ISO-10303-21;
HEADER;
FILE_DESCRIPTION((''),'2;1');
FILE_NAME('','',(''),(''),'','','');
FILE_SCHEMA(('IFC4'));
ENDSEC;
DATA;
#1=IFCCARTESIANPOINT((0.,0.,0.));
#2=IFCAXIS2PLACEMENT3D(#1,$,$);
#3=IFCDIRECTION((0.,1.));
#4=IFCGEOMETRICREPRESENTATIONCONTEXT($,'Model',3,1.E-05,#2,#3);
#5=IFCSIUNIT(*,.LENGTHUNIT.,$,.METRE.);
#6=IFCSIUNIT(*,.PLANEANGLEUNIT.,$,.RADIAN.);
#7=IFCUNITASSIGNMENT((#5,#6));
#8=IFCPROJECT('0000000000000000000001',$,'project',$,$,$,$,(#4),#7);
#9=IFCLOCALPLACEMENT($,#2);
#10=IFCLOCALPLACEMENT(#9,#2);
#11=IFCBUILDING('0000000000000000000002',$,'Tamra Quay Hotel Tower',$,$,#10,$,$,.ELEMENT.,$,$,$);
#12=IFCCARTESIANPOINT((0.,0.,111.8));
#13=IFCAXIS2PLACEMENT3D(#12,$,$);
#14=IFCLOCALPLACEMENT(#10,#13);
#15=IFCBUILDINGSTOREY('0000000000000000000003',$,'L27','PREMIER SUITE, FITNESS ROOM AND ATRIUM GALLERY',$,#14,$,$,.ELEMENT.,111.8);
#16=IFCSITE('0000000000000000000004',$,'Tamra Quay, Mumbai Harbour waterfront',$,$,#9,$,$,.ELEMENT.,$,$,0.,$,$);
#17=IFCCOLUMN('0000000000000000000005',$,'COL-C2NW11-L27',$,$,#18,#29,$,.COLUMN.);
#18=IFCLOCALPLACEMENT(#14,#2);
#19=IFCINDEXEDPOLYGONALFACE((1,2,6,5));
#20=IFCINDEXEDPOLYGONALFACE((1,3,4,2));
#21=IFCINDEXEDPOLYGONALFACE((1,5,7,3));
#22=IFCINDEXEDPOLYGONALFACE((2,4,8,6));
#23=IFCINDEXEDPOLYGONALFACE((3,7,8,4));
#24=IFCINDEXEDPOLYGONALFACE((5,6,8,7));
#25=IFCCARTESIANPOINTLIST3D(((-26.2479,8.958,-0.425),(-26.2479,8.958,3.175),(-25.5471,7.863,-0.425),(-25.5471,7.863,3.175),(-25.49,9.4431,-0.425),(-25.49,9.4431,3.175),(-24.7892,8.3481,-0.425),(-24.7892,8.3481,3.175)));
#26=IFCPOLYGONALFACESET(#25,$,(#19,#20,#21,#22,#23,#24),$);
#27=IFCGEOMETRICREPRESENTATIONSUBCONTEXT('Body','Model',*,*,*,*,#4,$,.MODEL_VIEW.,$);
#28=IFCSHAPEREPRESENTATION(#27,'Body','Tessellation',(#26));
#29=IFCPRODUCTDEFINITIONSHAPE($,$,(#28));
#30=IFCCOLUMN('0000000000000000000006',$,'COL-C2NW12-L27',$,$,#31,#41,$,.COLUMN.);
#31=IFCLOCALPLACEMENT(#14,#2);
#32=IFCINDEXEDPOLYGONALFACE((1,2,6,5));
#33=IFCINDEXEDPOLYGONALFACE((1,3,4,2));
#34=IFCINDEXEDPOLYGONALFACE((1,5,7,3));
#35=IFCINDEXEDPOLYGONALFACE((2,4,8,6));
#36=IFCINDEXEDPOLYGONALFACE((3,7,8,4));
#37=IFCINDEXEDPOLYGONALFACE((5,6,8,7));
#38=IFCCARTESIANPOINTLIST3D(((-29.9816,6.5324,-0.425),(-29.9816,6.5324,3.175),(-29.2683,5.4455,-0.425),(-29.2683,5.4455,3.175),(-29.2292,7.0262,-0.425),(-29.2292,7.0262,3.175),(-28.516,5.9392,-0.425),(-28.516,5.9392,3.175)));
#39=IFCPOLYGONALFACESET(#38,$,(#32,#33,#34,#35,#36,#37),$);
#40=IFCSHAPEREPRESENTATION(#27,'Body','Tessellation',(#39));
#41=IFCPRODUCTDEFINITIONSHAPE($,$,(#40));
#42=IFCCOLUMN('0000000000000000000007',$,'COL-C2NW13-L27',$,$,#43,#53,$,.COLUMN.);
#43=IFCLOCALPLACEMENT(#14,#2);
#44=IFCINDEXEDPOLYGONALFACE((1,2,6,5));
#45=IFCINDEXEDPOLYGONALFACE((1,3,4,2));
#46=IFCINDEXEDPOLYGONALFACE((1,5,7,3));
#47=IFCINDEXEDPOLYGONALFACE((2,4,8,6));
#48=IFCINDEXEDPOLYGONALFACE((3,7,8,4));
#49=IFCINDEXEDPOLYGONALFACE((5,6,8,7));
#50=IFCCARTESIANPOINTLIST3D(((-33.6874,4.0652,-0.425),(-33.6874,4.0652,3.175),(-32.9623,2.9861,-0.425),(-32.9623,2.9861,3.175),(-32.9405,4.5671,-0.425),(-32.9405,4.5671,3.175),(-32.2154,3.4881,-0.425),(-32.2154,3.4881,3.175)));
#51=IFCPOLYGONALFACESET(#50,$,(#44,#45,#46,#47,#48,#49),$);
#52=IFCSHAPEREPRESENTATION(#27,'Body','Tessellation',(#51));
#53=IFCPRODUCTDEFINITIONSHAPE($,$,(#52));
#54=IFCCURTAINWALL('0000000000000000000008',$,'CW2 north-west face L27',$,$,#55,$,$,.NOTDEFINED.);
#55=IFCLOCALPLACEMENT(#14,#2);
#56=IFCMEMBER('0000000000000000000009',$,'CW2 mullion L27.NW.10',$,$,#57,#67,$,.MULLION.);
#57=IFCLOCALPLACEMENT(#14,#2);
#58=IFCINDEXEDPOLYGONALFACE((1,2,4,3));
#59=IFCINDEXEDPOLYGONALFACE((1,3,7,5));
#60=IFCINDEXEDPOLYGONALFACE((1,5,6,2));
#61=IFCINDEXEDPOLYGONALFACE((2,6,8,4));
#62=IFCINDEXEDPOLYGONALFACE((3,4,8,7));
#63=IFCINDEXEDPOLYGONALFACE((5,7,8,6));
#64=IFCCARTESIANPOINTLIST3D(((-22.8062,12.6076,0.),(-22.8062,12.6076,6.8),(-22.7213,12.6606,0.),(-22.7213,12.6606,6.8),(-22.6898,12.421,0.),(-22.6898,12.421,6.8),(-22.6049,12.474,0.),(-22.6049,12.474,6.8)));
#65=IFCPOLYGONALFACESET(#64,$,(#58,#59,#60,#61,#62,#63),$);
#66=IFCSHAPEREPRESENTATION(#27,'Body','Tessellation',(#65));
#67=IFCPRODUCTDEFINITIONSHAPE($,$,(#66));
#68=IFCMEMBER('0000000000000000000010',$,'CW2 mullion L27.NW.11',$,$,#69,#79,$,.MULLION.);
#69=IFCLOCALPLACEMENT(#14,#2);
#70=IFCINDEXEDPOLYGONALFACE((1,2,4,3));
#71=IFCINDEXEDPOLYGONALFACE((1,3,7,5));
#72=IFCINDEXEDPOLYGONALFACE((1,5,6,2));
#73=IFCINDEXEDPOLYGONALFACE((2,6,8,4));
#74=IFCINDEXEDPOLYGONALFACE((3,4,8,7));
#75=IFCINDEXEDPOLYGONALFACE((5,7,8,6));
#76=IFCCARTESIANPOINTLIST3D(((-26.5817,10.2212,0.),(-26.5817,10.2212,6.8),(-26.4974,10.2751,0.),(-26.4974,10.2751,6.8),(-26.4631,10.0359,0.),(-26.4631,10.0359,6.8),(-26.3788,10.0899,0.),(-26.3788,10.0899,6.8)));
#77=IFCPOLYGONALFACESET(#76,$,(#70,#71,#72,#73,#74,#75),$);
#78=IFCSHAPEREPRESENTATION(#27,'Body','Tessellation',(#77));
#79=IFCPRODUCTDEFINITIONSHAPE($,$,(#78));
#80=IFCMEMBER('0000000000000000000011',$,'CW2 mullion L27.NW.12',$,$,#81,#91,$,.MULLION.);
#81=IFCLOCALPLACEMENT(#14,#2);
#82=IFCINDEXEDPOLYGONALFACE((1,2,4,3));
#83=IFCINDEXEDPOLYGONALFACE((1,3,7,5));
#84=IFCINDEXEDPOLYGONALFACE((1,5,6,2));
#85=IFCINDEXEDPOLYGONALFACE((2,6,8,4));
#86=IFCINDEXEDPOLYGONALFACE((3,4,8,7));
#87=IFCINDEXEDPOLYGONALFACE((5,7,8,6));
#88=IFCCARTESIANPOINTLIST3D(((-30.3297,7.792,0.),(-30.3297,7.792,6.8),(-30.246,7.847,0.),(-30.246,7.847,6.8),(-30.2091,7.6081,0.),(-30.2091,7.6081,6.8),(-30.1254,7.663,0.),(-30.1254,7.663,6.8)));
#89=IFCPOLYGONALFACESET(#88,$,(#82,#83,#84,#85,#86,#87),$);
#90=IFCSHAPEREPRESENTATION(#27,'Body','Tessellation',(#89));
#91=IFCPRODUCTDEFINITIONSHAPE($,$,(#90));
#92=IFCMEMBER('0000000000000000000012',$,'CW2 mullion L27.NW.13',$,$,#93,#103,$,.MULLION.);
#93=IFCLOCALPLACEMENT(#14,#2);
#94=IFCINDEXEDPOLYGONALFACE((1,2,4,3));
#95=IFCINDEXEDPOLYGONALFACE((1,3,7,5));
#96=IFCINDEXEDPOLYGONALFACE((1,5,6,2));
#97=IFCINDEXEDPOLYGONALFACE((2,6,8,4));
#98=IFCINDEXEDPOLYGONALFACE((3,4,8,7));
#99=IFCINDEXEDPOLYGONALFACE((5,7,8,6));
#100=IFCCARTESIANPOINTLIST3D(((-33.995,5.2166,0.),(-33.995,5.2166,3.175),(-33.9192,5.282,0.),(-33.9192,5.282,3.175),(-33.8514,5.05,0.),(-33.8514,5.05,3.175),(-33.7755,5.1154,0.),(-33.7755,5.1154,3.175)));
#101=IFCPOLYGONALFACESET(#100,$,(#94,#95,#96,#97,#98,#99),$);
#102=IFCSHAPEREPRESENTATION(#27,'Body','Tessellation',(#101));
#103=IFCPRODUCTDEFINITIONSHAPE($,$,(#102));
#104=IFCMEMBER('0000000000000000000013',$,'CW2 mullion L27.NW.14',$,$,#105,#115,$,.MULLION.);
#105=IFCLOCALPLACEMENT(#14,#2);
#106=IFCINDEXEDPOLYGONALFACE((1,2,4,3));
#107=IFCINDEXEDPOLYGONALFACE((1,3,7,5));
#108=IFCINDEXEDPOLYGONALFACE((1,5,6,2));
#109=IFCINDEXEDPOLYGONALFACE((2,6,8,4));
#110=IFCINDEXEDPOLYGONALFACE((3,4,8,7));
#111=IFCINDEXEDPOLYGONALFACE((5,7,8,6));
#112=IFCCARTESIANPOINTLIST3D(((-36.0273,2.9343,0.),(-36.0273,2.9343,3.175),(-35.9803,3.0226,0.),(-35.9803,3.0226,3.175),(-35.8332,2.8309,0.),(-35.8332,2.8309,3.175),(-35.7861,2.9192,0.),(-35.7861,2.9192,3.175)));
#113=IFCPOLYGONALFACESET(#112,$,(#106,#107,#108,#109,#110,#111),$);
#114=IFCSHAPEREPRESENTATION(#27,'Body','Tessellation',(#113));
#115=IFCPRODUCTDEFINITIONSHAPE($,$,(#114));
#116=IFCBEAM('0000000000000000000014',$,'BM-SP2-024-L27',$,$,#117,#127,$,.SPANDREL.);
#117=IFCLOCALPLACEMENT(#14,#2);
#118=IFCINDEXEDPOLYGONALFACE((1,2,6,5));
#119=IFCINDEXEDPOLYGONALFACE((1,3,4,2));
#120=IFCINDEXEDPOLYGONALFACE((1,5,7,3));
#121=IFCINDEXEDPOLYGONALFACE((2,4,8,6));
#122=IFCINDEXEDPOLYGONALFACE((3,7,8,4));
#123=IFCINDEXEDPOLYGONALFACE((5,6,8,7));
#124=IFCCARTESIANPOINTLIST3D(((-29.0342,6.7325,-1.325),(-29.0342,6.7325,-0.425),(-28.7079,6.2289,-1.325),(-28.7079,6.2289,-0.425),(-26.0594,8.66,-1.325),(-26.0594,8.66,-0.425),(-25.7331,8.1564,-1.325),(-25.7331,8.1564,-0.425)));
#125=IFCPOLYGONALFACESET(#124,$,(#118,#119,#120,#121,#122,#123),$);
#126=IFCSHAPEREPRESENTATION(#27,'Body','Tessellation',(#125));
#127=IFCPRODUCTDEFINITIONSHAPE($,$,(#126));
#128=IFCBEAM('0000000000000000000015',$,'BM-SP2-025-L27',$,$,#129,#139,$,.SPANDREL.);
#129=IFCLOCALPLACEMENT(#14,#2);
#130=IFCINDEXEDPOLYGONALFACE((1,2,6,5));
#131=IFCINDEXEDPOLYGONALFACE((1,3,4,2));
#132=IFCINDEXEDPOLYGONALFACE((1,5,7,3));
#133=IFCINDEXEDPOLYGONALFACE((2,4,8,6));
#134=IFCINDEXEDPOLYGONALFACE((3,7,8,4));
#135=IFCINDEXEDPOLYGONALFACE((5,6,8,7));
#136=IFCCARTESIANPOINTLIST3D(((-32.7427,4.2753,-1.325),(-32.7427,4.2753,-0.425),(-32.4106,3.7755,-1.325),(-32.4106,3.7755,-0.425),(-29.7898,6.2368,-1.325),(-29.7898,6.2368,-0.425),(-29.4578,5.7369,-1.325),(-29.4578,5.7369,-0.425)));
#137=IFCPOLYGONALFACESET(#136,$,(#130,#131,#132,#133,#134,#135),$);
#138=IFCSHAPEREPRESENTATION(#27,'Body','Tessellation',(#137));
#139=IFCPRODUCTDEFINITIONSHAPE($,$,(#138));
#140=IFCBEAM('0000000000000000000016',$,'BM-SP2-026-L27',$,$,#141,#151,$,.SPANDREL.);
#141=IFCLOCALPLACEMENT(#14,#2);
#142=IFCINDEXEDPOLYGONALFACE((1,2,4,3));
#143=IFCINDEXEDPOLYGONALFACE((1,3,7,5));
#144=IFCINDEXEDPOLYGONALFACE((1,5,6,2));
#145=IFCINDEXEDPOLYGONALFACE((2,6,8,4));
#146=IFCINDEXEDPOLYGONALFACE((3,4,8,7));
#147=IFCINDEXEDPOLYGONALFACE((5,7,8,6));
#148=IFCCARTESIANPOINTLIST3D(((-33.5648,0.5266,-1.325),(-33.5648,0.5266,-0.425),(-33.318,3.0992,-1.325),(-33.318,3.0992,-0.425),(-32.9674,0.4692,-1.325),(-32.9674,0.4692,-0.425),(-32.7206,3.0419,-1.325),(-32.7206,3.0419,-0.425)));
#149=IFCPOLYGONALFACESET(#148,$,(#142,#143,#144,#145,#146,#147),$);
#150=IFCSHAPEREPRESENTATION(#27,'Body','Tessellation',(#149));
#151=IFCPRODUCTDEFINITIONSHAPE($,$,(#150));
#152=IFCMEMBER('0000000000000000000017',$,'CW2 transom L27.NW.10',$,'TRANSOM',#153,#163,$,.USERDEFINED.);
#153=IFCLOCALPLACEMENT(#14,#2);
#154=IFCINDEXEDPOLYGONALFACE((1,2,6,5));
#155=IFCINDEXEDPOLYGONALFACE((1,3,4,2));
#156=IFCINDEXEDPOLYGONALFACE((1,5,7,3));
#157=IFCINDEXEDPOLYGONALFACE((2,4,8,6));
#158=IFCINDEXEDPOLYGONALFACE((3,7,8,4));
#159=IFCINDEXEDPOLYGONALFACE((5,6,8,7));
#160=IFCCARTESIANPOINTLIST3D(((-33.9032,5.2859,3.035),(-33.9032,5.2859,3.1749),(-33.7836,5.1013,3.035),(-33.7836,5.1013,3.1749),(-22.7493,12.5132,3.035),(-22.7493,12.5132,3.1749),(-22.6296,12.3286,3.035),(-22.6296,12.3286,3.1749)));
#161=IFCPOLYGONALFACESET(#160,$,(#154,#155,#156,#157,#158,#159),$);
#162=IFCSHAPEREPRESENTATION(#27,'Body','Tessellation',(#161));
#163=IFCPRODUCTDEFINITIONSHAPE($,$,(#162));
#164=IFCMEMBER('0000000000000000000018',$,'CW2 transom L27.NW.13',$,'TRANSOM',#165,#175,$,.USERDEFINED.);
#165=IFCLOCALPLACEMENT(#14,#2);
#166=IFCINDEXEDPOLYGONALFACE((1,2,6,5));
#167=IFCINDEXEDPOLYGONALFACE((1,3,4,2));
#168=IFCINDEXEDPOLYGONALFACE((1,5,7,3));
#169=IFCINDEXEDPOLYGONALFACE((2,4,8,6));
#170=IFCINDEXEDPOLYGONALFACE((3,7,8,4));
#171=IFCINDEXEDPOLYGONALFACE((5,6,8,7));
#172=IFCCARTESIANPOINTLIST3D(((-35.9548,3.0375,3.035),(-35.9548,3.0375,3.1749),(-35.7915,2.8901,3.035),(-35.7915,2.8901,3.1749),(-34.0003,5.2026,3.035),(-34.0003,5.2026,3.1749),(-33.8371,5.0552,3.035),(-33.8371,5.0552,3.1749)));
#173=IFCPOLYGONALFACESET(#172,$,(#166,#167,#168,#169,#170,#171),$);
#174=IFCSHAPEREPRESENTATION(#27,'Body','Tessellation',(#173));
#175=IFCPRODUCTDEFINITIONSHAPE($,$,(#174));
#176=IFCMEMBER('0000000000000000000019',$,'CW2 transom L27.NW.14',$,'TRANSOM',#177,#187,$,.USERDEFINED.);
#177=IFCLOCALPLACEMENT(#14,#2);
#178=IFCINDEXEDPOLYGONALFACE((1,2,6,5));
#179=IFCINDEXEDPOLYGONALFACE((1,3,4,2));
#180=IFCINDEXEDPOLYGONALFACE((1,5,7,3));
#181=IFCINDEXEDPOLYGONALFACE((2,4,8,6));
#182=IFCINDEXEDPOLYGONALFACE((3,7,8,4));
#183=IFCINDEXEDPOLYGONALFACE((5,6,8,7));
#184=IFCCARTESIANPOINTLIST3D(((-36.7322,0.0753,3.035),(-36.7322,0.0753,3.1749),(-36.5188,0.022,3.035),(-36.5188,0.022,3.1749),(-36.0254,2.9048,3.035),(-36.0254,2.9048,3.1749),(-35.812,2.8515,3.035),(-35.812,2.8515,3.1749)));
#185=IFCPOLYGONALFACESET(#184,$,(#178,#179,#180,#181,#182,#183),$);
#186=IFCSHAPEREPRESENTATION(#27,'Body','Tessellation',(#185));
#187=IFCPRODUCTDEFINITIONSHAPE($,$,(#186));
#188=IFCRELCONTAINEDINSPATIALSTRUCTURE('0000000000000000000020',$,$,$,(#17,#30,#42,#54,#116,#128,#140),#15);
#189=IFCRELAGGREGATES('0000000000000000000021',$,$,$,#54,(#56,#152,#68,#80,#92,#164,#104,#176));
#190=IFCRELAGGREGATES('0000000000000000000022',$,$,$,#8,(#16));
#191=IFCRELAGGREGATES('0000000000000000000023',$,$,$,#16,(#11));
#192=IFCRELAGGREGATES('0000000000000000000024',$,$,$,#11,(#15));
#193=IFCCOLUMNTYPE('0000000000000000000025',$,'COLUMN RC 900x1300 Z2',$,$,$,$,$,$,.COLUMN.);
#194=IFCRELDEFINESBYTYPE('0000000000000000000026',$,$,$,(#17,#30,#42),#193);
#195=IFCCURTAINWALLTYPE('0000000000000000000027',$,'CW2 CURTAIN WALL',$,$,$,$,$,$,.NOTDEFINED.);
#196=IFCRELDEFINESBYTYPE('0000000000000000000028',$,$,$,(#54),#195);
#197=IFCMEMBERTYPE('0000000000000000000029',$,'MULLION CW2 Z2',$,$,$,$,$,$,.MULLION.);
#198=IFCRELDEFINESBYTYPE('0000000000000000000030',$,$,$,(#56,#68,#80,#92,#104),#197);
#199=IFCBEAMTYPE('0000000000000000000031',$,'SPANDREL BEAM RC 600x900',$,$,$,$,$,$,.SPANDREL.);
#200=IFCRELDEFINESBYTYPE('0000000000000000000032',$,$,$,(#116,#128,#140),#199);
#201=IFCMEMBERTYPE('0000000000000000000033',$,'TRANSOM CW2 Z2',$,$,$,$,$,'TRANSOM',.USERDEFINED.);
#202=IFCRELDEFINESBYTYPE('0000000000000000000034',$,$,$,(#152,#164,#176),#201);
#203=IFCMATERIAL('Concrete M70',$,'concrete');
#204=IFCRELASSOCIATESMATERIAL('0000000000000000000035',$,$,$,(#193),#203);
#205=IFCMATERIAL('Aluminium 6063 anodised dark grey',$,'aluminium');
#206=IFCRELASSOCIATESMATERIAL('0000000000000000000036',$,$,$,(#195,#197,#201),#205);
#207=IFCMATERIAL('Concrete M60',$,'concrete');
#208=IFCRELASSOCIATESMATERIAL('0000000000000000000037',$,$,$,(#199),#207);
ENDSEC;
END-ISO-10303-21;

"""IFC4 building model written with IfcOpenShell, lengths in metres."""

from ifc_helpers import new_model, si_unit, direction, frame, origin, origin_2d, place, context, subcontext, project, spatial, rectangle, extrude, material, material_profile, profile_set, type_object, element, aggregate, save


model = new_model("IFC4")

# Units and contexts
model_context = context("Model", 3, precision=1e-05, world=origin(), true_north=direction((0.0, 1.0)))
body_context = subcontext(model_context, "Body", "Model", "MODEL_VIEW")
ifc_project = project(units=[si_unit("LENGTHUNIT", "METRE"), si_unit("PLANEANGLEUNIT", "RADIAN")], contexts=[model_context])

# Site, building, storey
site_placement = place(None, origin())
site = spatial("IfcSite", under=ifc_project, at=site_placement, Name="Tamra Quay, Mumbai Harbour waterfront", CompositionType="ELEMENT", RefElevation=0.0)
building_placement = place(site_placement, origin())
building = spatial("IfcBuilding", under=site, at=building_placement, Name="Tamra Quay Hotel Tower", CompositionType="ELEMENT")
storey_placement = place(building_placement, frame((0.0, 0.0, 111.8)))
storey = spatial("IfcBuildingStorey", under=building, at=storey_placement, Name="L27", Description="PREMIER SUITE, FITNESS ROOM AND ATRIUM GALLERY", CompositionType="ELEMENT", Elevation=111.8)

# Columns
ifc_material_1 = material(Name="Concrete M70", Category="concrete")
ifc_material_profile_1 = material_profile(ifc_material_1, rectangle(XDim=1.3, YDim=0.8999, at=origin_2d()), Name="COLUMN RC 900x1300 Z2")
ifc_profile_set_1 = profile_set([ifc_material_profile_1], Name="Concrete M70")
column_type = type_object("IfcColumnType", Name="COLUMN RC 900x1300 Z2", PredefinedType="COLUMN", material=ifc_profile_set_1)
for number, where, z_axis, x_axis, name in (
    (1, (-25.5186, 8.6531, -0.425), (0.0, 0.0, 1.0), (-0.539065, 0.842264, 0.0), "COL-C2NW11-L27"),
    (2, (-29.2488, 6.2358, -0.425), (0.0, 0.0, 1.0), (-0.548641, 0.836058, 0.0), "COL-C2NW12-L27"),
    (3, (-32.9514, 3.7766, -0.425), (0.0, 0.0, 1.0), (-0.557767, 0.829998, 0.0), "COL-C2NW13-L27"),
):
    element("IfcColumn", number, at=place(storey_placement, frame(where, z_axis=z_axis, x_axis=x_axis)), inside=storey, type_object=column_type, Name=name, PredefinedType="COLUMN", context=body_context, shape_type="SweptSolid", body=[
        extrude(rectangle(XDim=1.3, YDim=0.8999, at=origin_2d()), origin(), (0.0, 0.0, 1.0), 3.6001),
    ])

# Curtain wall, members
ifc_material_2 = material(Name="Aluminium 6063 anodised dark grey", Category="aluminium")
curtain_wall_type = type_object("IfcCurtainWallType", Name="CW2 CURTAIN WALL", PredefinedType="NOTDEFINED", material=ifc_material_2)
curtain_wall_placement = place(storey_placement, origin())
curtain_wall = element("IfcCurtainWall", 4, at=curtain_wall_placement, inside=storey, type_object=curtain_wall_type, Name="CW2 north-west face L27", PredefinedType="NOTDEFINED")
ifc_material_profile_2 = material_profile(ifc_material_2, rectangle(XDim=0.22, YDim=0.1001, at=origin_2d()), Name="MULLION 100X220")
ifc_profile_set_2 = profile_set([ifc_material_profile_2], Name="Aluminium 6063 anodised dark grey")
member_type_1 = type_object("IfcMemberType", Name="MULLION CW2 Z2", PredefinedType="MULLION", material=ifc_profile_set_2)
member_1_placement = place(storey_placement, frame((-22.7056, 12.5408, 0.0), z_axis=(0.0, 0.0, 1.0), x_axis=(-0.529364, 0.848395, 0.0)))
member_1 = element("IfcMember", 5, at=member_1_placement, type_object=member_type_1, Name="CW2 mullion L27.NW.10", PredefinedType="MULLION", context=body_context, shape_type="SweptSolid", body=[
    extrude(rectangle(XDim=0.22, YDim=0.1001, at=origin_2d()), origin(), (0.0, 0.0, 1.0), 6.8),
])
member_2_placement = place(storey_placement, frame((-26.4802, 10.1555, 0.0), z_axis=(0.0, 0.0, 1.0), x_axis=(-0.538998, 0.842307, 0.0)))
member_2 = element("IfcMember", 6, at=member_2_placement, type_object=member_type_1, Name="CW2 mullion L27.NW.11", PredefinedType="MULLION", context=body_context, shape_type="SweptSolid", body=[
    extrude(rectangle(XDim=0.22, YDim=0.1001, at=origin_2d()), origin(), (0.0, 0.0, 1.0), 6.8),
])
member_3_placement = place(storey_placement, frame((-30.2275, 7.7275, 0.0), z_axis=(0.0, 0.0, 1.0), x_axis=(-0.548547, 0.836119, 0.0)))
member_3 = element("IfcMember", 7, at=member_3_placement, type_object=member_type_1, Name="CW2 mullion L27.NW.12", PredefinedType="MULLION", context=body_context, shape_type="SweptSolid", body=[
    extrude(rectangle(XDim=0.22, YDim=0.1001, at=origin_2d()), origin(), (0.0, 0.0, 1.0), 6.8),
])
member_4_placement = place(storey_placement, frame((-33.8853, 5.166, 0.0), z_axis=(0.0, 0.0, 1.0), x_axis=(-0.652887, 0.757455, 0.0)))
member_4 = element("IfcMember", 8, at=member_4_placement, type_object=member_type_1, Name="CW2 mullion L27.NW.13", PredefinedType="MULLION", context=body_context, shape_type="SweptSolid", body=[
    extrude(rectangle(XDim=0.22, YDim=0.1001, at=origin_2d()), origin(), (0.0, 0.0, 1.0), 3.175),
])
member_5_placement = place(storey_placement, frame((-35.9067, 2.9268, 0.0), z_axis=(0.0, 0.0, 1.0), x_axis=(-0.882544, 0.47023, 0.0)))
member_5 = element("IfcMember", 9, at=member_5_placement, type_object=member_type_1, Name="CW2 mullion L27.NW.14", PredefinedType="MULLION", context=body_context, shape_type="SweptSolid", body=[
    extrude(rectangle(XDim=0.22, YDim=0.1001, at=origin_2d()), origin(), (0.0, 0.0, 1.0), 3.175),
])

# Beams
ifc_material_3 = material(Name="Concrete M60", Category="concrete")
ifc_material_profile_3 = material_profile(ifc_material_3, rectangle(XDim=0.6001, YDim=0.8999, at=origin_2d()), Name="SPANDREL BEAM RC 600x900")
ifc_profile_set_3 = profile_set([ifc_material_profile_3], Name="Concrete M60")
beam_type = type_object("IfcBeamType", Name="SPANDREL BEAM RC 600x900", PredefinedType="SPANDREL", material=ifc_profile_set_3)
beam_1_placement = place(storey_placement, frame((-25.8962, 8.4082, -0.875), z_axis=(-0.839237, -0.543765, 0.0), x_axis=(0.543765, -0.839237, 0.0)))
element("IfcBeam", 10, at=beam_1_placement, inside=storey, type_object=beam_type, Name="BM-SP2-024-L27", PredefinedType="SPANDREL", context=body_context, shape_type="SweptSolid", body=[
    extrude(rectangle(XDim=0.6001, YDim=0.8999, at=origin_2d()), origin(), (0.0, 0.0, 1.0), 3.5447),
])
beam_2_placement = place(storey_placement, frame((-29.6238, 5.9868, -0.875), z_axis=(-0.832982, -0.553301, 0.0), x_axis=(0.553301, -0.832982, 0.0)))
element("IfcBeam", 11, at=beam_2_placement, inside=storey, type_object=beam_type, Name="BM-SP2-025-L27", PredefinedType="SPANDREL", context=body_context, shape_type="SweptSolid", body=[
    extrude(rectangle(XDim=0.6001, YDim=0.8999, at=origin_2d()), origin(), (0.0, 0.0, 1.0), 3.5449),
])
beam_3_placement = place(storey_placement, frame((-33.0193, 3.0706, -0.875), z_axis=(-0.0955, -0.995429, 0.0), x_axis=(0.995429, -0.0955, 0.0)))
element("IfcBeam", 12, at=beam_3_placement, inside=storey, type_object=beam_type, Name="BM-SP2-026-L27", PredefinedType="SPANDREL", context=body_context, shape_type="SweptSolid", body=[
    extrude(rectangle(XDim=0.6001, YDim=0.8999, at=origin_2d()), origin(), (0.0, 0.0, 1.0), 2.5845),
])

# Members
ifc_material_profile_4 = material_profile(ifc_material_2, rectangle(XDim=0.22, YDim=0.1399, at=origin_2d()), Name="TRANSOM 220X140")
ifc_profile_set_4 = profile_set([ifc_material_profile_4], Name="Aluminium 6063 anodised dark grey")
member_type_2 = type_object("IfcMemberType", Name="TRANSOM CW2 Z2", ElementType="TRANSOM", PredefinedType="USERDEFINED", material=ifc_profile_set_4)
member_6_placement = place(storey_placement, frame((-22.6895, 12.4209, 3.105), z_axis=(-0.839228, -0.54378, 0.0), x_axis=(0.54378, -0.839228, 0.0)))
member_6 = element("IfcMember", 13, at=member_6_placement, type_object=member_type_2, Name="CW2 transom L27.NW.10", ObjectType="TRANSOM", PredefinedType="USERDEFINED", context=body_context, shape_type="SweptSolid", body=[
    extrude(rectangle(XDim=0.22, YDim=0.1399, at=origin_2d()), origin(), (0.0, 0.0, 1.0), 13.2908),
])
member_7_placement = place(storey_placement, frame((-33.9187, 5.1289, 3.105), z_axis=(-0.670065, -0.742303, 0.0), x_axis=(0.742303, -0.670065, 0.0)))
member_7 = element("IfcMember", 14, at=member_7_placement, type_object=member_type_2, Name="CW2 transom L27.NW.13", ObjectType="TRANSOM", PredefinedType="USERDEFINED", context=body_context, shape_type="SweptSolid", body=[
    extrude(rectangle(XDim=0.22, YDim=0.1399, at=origin_2d()), origin(), (0.0, 0.0, 1.0), 2.9167),
])
member_8_placement = place(storey_placement, frame((-35.9187, 2.8782, 3.105), z_axis=(-0.242339, -0.970192, 0.0), x_axis=(0.970192, -0.242339, 0.0)))
member_8 = element("IfcMember", 15, at=member_8_placement, type_object=member_type_2, Name="CW2 transom L27.NW.14", ObjectType="TRANSOM", PredefinedType="USERDEFINED", context=body_context, shape_type="SweptSolid", body=[
    extrude(rectangle(XDim=0.22, YDim=0.1399, at=origin_2d()), origin(), (0.0, 0.0, 1.0), 2.9165),
])

aggregate(curtain_wall, [member_1, member_6, member_2, member_3, member_4, member_7, member_5, member_8])

save(model, "model.ifc")
